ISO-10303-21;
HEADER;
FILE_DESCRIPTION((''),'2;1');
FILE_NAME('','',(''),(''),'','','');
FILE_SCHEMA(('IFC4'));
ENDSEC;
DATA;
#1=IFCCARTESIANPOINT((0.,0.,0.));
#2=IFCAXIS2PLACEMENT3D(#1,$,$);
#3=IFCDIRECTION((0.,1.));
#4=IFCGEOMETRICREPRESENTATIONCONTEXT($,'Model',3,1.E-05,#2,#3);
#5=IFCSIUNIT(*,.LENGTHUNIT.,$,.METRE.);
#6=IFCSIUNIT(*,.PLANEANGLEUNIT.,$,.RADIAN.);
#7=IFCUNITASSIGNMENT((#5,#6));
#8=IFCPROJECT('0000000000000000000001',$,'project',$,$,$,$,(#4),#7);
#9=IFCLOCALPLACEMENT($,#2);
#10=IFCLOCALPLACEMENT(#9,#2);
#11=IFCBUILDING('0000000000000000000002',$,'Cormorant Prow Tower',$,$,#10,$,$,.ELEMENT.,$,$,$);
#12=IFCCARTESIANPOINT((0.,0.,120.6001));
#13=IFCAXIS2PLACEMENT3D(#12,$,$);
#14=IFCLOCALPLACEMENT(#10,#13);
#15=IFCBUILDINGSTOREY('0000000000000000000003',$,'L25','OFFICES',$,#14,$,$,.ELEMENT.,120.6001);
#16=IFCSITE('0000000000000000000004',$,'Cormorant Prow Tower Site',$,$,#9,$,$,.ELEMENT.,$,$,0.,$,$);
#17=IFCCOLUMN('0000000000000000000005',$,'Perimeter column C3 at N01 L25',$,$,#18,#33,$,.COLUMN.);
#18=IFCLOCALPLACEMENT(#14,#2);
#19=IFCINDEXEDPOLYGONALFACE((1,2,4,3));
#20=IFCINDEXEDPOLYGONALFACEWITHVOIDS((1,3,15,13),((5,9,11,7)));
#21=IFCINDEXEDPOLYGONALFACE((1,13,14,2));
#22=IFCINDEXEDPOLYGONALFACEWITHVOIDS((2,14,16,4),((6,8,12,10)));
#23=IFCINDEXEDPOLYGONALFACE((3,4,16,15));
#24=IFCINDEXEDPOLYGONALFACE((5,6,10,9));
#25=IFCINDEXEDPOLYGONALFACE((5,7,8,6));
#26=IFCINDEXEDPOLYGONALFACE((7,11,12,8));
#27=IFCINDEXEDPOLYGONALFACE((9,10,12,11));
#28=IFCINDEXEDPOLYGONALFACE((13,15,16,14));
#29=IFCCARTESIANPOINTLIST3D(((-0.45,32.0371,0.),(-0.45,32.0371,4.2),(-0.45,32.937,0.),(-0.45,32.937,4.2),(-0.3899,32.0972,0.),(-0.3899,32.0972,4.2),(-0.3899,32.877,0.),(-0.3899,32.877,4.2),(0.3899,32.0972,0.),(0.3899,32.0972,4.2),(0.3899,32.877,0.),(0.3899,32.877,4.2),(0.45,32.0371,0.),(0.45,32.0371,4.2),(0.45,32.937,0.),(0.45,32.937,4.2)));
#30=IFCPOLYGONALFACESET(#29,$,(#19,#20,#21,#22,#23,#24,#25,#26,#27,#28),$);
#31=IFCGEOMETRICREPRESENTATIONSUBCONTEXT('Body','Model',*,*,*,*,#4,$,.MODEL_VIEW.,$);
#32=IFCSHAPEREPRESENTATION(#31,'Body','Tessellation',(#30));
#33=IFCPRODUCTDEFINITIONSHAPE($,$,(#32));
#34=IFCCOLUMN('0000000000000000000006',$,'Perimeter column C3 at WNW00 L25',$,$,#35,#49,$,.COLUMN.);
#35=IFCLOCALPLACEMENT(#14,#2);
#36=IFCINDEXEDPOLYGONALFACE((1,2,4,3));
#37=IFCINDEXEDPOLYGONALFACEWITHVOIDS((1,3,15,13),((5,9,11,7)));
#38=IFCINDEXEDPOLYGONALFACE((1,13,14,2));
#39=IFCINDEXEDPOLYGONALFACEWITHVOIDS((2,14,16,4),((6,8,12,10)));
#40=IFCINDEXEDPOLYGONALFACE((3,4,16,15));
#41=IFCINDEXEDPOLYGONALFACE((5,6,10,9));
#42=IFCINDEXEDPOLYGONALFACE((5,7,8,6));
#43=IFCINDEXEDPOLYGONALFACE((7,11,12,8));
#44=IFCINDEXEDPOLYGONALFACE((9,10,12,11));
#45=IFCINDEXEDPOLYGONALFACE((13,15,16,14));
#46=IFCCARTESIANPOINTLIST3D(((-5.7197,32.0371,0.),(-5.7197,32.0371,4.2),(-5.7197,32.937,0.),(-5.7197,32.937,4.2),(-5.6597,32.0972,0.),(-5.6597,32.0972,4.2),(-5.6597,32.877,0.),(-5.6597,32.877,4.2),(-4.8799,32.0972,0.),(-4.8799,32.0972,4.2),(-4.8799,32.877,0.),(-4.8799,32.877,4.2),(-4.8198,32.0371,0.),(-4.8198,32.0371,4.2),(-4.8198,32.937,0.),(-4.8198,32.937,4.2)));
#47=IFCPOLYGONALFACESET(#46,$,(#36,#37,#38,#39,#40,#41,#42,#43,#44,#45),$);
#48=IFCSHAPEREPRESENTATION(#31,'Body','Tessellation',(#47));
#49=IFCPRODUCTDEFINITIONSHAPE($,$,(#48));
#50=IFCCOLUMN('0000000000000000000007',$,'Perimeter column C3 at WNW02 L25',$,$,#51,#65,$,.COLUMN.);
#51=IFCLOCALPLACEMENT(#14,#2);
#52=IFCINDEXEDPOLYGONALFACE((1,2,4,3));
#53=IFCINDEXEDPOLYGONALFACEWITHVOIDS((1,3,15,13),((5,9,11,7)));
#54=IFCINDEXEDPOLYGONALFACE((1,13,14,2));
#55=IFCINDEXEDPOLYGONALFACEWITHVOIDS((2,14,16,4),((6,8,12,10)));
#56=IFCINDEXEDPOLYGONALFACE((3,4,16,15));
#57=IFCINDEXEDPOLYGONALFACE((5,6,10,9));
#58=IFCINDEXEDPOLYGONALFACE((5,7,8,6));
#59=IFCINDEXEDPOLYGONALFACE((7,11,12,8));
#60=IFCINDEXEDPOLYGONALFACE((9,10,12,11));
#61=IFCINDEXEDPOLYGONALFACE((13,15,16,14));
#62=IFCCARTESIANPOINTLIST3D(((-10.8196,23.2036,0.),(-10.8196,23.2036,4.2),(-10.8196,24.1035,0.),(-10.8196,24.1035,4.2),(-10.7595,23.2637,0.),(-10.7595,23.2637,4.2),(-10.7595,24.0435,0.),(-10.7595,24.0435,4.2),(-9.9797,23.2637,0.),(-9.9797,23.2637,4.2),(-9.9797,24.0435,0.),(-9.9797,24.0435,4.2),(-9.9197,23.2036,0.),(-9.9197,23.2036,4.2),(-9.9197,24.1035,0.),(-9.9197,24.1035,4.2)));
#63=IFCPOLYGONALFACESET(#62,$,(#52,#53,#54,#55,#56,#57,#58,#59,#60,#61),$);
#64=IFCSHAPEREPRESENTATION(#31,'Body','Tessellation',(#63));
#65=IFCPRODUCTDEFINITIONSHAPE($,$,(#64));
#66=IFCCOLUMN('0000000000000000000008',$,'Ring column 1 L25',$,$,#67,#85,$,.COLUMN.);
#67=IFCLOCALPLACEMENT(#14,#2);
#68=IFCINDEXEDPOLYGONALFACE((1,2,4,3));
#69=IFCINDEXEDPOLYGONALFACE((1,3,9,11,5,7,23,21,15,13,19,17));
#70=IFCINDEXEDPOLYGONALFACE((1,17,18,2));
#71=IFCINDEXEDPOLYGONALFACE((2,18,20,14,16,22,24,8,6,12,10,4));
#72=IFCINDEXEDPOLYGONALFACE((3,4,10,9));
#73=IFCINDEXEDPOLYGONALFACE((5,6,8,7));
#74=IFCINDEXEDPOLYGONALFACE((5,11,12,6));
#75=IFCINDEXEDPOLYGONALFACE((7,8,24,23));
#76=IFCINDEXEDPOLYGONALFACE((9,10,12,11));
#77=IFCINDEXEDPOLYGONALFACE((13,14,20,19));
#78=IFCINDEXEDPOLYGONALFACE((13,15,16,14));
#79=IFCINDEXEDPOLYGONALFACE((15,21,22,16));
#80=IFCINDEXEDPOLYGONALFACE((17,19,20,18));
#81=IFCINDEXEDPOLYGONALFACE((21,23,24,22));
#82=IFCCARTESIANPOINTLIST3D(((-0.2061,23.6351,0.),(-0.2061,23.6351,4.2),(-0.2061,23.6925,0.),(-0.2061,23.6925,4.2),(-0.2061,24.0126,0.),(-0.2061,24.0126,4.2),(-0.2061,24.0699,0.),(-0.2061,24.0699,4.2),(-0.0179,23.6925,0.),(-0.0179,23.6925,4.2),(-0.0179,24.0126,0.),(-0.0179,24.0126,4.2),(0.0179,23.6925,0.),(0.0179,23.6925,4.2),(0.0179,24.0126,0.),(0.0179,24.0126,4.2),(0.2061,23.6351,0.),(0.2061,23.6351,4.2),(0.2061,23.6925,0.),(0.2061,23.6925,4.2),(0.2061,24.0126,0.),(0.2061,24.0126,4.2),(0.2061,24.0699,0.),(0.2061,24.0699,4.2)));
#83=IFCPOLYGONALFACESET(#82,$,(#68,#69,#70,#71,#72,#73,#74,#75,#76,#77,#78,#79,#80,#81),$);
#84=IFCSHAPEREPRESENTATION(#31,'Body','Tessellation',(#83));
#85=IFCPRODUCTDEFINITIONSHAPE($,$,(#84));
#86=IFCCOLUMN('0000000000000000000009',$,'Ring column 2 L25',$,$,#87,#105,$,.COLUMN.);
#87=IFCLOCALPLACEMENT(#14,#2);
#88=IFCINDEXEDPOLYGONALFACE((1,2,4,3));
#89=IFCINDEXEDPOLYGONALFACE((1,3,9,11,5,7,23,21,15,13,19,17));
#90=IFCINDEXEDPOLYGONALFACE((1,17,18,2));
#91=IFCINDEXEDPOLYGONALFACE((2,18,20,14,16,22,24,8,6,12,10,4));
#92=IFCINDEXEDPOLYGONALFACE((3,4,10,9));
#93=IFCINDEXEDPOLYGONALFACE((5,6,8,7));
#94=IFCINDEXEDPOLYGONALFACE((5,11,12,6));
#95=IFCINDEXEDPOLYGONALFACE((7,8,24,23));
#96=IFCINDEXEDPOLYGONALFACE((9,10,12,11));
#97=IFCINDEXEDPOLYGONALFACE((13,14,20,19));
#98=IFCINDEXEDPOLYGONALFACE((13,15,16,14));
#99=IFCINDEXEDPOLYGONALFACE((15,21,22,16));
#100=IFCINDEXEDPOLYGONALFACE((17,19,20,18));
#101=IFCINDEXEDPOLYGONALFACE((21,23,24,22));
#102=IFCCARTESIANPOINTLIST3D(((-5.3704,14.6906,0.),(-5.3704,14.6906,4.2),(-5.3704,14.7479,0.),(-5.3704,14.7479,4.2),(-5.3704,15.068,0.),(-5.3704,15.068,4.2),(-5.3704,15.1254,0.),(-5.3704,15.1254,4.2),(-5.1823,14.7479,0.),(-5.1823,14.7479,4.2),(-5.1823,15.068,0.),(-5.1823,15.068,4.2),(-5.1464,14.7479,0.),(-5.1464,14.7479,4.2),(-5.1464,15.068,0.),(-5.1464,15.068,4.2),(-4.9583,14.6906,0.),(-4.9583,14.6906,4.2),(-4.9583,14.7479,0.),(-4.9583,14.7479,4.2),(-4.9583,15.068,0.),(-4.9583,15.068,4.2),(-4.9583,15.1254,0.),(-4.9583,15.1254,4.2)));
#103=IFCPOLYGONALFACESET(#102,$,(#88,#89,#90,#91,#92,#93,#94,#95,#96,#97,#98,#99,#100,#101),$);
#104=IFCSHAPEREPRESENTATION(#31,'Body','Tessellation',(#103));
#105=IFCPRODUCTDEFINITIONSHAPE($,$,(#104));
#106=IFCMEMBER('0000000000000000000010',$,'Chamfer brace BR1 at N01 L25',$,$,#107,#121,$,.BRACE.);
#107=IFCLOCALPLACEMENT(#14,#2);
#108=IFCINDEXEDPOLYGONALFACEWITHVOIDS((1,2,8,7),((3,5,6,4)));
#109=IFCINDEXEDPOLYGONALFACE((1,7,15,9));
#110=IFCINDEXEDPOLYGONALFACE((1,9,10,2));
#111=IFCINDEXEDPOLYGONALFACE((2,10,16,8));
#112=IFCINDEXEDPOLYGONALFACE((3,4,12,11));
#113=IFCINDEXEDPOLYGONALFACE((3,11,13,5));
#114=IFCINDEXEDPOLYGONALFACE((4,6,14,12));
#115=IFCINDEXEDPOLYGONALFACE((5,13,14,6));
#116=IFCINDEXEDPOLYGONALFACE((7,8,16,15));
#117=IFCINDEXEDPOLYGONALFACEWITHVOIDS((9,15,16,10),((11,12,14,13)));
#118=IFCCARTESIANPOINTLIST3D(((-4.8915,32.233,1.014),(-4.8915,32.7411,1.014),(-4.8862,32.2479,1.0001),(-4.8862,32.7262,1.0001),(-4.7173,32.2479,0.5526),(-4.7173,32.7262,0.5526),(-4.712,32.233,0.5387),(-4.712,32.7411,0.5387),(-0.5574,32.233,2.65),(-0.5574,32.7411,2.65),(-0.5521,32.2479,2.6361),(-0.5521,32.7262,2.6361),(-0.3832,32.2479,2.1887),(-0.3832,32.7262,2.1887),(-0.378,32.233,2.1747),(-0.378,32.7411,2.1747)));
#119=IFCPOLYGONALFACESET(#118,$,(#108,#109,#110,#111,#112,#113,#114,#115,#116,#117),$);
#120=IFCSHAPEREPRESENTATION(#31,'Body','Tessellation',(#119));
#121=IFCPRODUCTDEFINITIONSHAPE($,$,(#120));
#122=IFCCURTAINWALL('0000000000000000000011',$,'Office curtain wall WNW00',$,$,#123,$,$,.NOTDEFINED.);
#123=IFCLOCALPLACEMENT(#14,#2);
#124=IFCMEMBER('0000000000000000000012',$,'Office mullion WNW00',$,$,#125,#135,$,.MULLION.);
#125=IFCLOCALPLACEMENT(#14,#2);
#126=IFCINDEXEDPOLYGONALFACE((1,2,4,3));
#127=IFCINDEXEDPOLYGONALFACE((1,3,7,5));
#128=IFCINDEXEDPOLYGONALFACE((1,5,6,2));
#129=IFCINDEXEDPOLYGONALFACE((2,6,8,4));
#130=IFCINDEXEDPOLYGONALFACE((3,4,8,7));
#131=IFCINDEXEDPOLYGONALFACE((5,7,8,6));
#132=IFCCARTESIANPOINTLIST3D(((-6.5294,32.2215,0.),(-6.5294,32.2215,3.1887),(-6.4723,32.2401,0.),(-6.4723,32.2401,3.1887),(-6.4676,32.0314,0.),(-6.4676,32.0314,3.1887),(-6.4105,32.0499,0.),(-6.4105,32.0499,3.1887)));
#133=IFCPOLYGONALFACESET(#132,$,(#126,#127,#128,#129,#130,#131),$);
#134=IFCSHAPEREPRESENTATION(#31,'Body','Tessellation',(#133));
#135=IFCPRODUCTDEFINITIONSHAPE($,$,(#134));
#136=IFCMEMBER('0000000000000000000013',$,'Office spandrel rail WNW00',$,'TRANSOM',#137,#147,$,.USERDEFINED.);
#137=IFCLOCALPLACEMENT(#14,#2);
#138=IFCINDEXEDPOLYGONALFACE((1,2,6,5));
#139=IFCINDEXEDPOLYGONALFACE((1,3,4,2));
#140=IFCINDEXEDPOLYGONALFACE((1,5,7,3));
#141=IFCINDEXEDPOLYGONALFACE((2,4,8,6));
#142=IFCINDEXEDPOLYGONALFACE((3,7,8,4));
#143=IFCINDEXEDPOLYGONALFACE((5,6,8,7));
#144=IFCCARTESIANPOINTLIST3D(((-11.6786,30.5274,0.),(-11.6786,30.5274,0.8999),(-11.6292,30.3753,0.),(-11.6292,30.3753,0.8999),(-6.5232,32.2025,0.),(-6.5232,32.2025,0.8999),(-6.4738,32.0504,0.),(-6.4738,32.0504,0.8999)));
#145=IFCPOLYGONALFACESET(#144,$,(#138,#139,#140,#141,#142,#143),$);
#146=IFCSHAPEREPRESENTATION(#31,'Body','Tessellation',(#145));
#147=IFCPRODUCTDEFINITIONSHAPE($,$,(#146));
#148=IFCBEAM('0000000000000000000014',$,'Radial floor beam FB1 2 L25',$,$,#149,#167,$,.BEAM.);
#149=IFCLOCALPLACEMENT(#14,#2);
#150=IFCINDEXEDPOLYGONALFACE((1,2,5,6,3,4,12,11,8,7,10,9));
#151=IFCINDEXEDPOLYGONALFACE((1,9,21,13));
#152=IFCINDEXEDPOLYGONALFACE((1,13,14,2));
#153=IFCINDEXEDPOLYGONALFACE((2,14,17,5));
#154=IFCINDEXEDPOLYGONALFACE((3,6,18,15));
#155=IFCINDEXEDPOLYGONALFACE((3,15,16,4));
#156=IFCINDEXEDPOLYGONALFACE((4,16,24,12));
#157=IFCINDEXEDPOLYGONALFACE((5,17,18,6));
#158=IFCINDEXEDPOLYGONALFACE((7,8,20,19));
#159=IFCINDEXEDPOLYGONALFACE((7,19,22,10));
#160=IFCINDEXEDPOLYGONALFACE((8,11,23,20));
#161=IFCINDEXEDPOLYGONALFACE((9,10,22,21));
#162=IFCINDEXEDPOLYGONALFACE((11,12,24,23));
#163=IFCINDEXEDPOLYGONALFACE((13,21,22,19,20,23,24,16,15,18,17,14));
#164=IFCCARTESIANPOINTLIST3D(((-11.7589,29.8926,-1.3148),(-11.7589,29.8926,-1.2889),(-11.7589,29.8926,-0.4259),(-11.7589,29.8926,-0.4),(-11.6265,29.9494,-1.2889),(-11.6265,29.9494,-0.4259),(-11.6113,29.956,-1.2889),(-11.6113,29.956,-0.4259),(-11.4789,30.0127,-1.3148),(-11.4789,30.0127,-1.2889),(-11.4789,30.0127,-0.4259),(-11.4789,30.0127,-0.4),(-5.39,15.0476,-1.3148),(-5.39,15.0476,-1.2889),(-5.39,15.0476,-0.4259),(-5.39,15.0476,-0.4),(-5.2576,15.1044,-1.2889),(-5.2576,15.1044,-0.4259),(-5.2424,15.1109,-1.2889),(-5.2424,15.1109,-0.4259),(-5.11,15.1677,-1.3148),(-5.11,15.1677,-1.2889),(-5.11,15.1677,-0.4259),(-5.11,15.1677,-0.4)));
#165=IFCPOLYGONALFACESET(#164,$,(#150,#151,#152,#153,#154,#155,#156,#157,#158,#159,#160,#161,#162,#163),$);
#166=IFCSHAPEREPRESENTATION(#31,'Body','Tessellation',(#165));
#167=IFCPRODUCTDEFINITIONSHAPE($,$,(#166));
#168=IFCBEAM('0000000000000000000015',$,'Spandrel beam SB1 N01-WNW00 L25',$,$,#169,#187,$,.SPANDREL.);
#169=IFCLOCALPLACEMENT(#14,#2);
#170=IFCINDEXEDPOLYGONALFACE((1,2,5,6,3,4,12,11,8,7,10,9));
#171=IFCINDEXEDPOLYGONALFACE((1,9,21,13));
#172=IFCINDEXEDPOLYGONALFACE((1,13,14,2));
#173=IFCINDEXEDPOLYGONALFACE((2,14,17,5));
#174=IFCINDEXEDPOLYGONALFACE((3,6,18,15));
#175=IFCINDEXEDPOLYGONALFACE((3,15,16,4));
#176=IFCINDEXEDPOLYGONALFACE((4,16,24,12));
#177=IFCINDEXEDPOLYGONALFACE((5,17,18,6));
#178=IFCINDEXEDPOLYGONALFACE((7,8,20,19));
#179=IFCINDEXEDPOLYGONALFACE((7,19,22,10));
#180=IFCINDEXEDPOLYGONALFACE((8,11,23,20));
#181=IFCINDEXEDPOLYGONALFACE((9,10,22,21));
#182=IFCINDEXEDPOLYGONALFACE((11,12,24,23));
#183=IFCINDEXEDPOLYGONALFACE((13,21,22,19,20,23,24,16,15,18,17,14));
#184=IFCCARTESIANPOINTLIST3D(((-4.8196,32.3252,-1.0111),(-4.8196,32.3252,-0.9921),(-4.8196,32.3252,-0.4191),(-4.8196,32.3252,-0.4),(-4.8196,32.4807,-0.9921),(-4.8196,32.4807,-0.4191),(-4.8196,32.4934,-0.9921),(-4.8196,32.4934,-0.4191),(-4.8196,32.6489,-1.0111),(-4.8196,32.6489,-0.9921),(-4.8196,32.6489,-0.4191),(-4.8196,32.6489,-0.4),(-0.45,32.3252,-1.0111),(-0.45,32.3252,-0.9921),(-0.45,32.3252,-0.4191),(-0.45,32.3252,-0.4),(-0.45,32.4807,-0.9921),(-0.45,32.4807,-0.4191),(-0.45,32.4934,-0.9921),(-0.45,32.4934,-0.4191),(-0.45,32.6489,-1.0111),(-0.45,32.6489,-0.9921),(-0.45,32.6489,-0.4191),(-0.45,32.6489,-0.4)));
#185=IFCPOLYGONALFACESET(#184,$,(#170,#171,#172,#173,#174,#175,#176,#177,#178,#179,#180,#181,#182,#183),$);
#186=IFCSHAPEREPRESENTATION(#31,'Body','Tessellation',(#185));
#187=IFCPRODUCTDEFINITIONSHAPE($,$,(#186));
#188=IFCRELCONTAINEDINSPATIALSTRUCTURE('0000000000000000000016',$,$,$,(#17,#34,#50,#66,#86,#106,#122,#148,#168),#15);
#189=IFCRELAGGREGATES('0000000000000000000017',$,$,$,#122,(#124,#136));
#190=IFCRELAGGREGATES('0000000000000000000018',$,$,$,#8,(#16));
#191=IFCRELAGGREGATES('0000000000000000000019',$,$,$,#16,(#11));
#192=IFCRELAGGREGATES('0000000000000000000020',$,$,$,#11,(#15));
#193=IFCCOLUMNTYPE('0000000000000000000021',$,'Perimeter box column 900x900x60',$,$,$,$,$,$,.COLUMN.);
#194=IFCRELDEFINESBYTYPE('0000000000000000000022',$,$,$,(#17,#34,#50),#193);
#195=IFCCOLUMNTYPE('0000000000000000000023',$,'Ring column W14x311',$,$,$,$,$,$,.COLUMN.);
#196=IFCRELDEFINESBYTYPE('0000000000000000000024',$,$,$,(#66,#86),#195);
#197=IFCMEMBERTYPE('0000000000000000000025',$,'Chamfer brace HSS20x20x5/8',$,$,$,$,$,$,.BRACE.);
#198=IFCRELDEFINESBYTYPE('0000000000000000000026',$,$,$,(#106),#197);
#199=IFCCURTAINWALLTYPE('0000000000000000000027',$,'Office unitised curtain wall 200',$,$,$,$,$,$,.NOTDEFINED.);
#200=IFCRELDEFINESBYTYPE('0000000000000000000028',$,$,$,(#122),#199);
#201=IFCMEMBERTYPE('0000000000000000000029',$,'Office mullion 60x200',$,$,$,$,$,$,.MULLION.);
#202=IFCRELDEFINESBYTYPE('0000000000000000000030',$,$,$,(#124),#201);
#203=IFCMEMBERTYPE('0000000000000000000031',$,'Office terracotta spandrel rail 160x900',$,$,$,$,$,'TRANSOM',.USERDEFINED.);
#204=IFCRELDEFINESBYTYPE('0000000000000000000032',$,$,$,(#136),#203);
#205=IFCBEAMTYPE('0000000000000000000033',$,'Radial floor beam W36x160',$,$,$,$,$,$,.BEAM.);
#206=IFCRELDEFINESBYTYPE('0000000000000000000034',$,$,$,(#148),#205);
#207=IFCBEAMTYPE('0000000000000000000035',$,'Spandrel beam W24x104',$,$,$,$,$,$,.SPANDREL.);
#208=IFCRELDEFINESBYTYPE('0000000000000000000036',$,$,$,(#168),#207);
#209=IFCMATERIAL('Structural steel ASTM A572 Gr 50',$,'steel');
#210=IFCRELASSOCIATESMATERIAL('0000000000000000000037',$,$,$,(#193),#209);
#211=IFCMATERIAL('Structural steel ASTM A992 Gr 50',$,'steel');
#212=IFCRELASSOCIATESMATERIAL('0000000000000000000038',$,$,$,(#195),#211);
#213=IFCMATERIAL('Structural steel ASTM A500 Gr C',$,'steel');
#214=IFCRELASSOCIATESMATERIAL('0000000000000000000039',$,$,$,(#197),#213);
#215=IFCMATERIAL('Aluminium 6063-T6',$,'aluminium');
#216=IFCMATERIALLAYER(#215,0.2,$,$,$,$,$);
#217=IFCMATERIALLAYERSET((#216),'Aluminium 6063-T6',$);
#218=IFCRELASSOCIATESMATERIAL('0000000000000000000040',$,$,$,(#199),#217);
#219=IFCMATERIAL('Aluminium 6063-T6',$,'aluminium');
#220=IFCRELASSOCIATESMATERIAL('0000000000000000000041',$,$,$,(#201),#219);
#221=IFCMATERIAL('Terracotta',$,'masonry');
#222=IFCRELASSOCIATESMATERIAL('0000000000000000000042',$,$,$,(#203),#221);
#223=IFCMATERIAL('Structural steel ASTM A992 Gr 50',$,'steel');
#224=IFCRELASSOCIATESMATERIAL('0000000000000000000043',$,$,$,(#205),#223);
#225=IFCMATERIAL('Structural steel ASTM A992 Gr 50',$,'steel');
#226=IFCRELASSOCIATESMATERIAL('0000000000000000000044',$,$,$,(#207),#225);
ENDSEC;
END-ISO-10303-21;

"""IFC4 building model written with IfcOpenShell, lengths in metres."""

from ifc_helpers import new_model, si_unit, direction, frame, origin, origin_2d, place, context, subcontext, project, spatial, rectangle, hollow_rectangle, i_section, extrude, material, layer, layer_set, material_profile, profile_set, type_object, element, aggregate, save


model = new_model("IFC4")

# Units and contexts
model_context = context("Model", 3, precision=1e-05, world=origin(), true_north=direction((0.0, 1.0)))
body_context = subcontext(model_context, "Body", "Model", "MODEL_VIEW")
ifc_project = project(units=[si_unit("LENGTHUNIT", "METRE"), si_unit("PLANEANGLEUNIT", "RADIAN")], contexts=[model_context])

# Site, building, storey
site_placement = place(None, origin())
site = spatial("IfcSite", under=ifc_project, at=site_placement, Name="Cormorant Prow Tower Site", CompositionType="ELEMENT", RefElevation=0.0)
building_placement = place(site_placement, origin())
building = spatial("IfcBuilding", under=site, at=building_placement, Name="Cormorant Prow Tower", CompositionType="ELEMENT")
storey_placement = place(building_placement, frame((0.0, 0.0, 120.6001)))
storey = spatial("IfcBuildingStorey", under=building, at=storey_placement, Name="L25", Description="OFFICES", CompositionType="ELEMENT", Elevation=120.6001)

# Columns
ifc_material_1 = material(Name="Structural steel ASTM A572 Gr 50", Category="steel")
ifc_material_profile_1 = material_profile(ifc_material_1, hollow_rectangle(XDim=0.8999, YDim=0.8999, WallThickness=0.0601, at=origin_2d()), Name="Box 900x900x60")
ifc_profile_set_1 = profile_set([ifc_material_profile_1], Name="Structural steel ASTM A572 Gr 50")
column_type_1 = type_object("IfcColumnType", Name="Perimeter box column 900x900x60", PredefinedType="COLUMN", material=ifc_profile_set_1)
for number, where, z_axis, x_axis, name in (
    (1, (0.0, 32.4871, 0.0), (0.0, 0.0, 1.0), (1.0, 0.0, 0.0), "Perimeter column C3 at N01 L25"),
    (2, (-5.2698, 32.4871, 0.0), (0.0, 0.0, 1.0), (1.0, 0.0, 0.0), "Perimeter column C3 at WNW00 L25"),
    (3, (-10.3696, 23.6536, 0.0), (0.0, 0.0, 1.0), (1.0, 0.0, 0.0), "Perimeter column C3 at WNW02 L25"),
):
    element("IfcColumn", number, at=place(storey_placement, frame(where, z_axis=z_axis, x_axis=x_axis)), inside=storey, type_object=column_type_1, Name=name, PredefinedType="COLUMN", context=body_context, shape_type="SweptSolid", body=[
        extrude(hollow_rectangle(XDim=0.8999, YDim=0.8999, WallThickness=0.0601, at=origin_2d()), origin(), (0.0, 0.0, 1.0), 4.2),
    ])
ifc_material_2 = material(Name="Structural steel ASTM A992 Gr 50", Category="steel")
ifc_material_profile_2 = material_profile(ifc_material_2, i_section(OverallWidth=0.4121, OverallDepth=0.4348, WebThickness=0.0359, FlangeThickness=0.0574, at=origin_2d()), Name="W14x311")
ifc_profile_set_2 = profile_set([ifc_material_profile_2], Name="Structural steel ASTM A992 Gr 50")
column_type_2 = type_object("IfcColumnType", Name="Ring column W14x311", PredefinedType="COLUMN", material=ifc_profile_set_2)
for number, where, z_axis, x_axis, name in (
    (4, (0.0, 23.8525, 0.0), (0.0, 0.0, 1.0), (1.0, 0.0, 0.0), "Ring column 1 L25"),
    (5, (-5.1643, 14.908, 0.0), (0.0, 0.0, 1.0), (1.0, 0.0, 0.0), "Ring column 2 L25"),
):
    element("IfcColumn", number, at=place(storey_placement, frame(where, z_axis=z_axis, x_axis=x_axis)), inside=storey, type_object=column_type_2, Name=name, PredefinedType="COLUMN", context=body_context, shape_type="SweptSolid", body=[
        extrude(i_section(OverallWidth=0.4121, OverallDepth=0.4348, WebThickness=0.0359, FlangeThickness=0.0574, at=origin_2d()), origin(), (0.0, 0.0, 1.0), 4.2),
    ])

# Member
ifc_material_3 = material(Name="Structural steel ASTM A500 Gr C", Category="steel")
ifc_material_profile_3 = material_profile(ifc_material_3, hollow_rectangle(XDim=0.5081, YDim=0.5081, WallThickness=0.0149, at=origin_2d()), Name="HSS20x20x5/8")
ifc_profile_set_3 = profile_set([ifc_material_profile_3], Name="Structural steel ASTM A500 Gr C")
member_type_1 = type_object("IfcMemberType", Name="Chamfer brace HSS20x20x5/8", PredefinedType="BRACE", material=ifc_profile_set_3)
member_1_placement = place(storey_placement, frame((-4.8018, 32.4871, 0.7764), z_axis=(0.935565, 0.0, 0.353156), x_axis=(0.0, 1.0, 0.0)))
element("IfcMember", 6, at=member_1_placement, inside=storey, type_object=member_type_1, Name="Chamfer brace BR1 at N01 L25", PredefinedType="BRACE", context=body_context, shape_type="SweptSolid", body=[
    extrude(hollow_rectangle(XDim=0.5081, YDim=0.5081, WallThickness=0.0149, at=origin_2d()), origin(), (0.0, 0.0, 1.0), 4.6326),
])

# Curtain wall, members
ifc_material_4 = material(Name="Aluminium 6063-T6", Category="aluminium")
ifc_layer_1 = layer(ifc_material_4, 0.2)
ifc_layer_set_1 = layer_set([ifc_layer_1], Name="Aluminium 6063-T6")
curtain_wall_type = type_object("IfcCurtainWallType", Name="Office unitised curtain wall 200", PredefinedType="NOTDEFINED", material=ifc_layer_set_1)
curtain_wall_placement = place(storey_placement, origin())
curtain_wall = element("IfcCurtainWall", 7, at=curtain_wall_placement, inside=storey, type_object=curtain_wall_type, Name="Office curtain wall WNW00", PredefinedType="NOTDEFINED")
ifc_material_5 = material(Name="Aluminium 6063-T6", Category="aluminium")
ifc_material_profile_4 = material_profile(ifc_material_5, rectangle(XDim=0.2, YDim=0.0601, at=origin_2d()), Name="Office mullion 60x200")
ifc_profile_set_4 = profile_set([ifc_material_profile_4], Name="Aluminium 6063-T6")
member_type_2 = type_object("IfcMemberType", Name="Office mullion 60x200", PredefinedType="MULLION", material=ifc_profile_set_4)
member_2_placement = place(storey_placement, frame((-6.47, 32.1357, 0.0), z_axis=(0.0, 0.0, 1.0), x_axis=(0.309017, -0.951057, 0.0)))
member_2 = element("IfcMember", 8, at=member_2_placement, type_object=member_type_2, Name="Office mullion WNW00", PredefinedType="MULLION", context=body_context, shape_type="SweptSolid", body=[
    extrude(rectangle(XDim=0.2, YDim=0.0601, at=origin_2d()), origin(), (0.0, 0.0, 1.0), 3.1887),
])
ifc_material_6 = material(Name="Terracotta", Category="masonry")
ifc_material_profile_5 = material_profile(ifc_material_6, rectangle(XDim=0.1599, YDim=0.8999, at=origin_2d()), Name="Office terracotta spandrel rail 160x900")
ifc_profile_set_5 = profile_set([ifc_material_profile_5], Name="Terracotta")
member_type_3 = type_object("IfcMemberType", Name="Office terracotta spandrel rail 160x900", ElementType="TRANSOM", PredefinedType="USERDEFINED", material=ifc_profile_set_5)
member_3_placement = place(storey_placement, frame((-6.4985, 32.1265, 0.45), z_axis=(-0.951057, -0.309017, 0.0), x_axis=(0.309017, -0.951057, 0.0)))
member_3 = element("IfcMember", 9, at=member_3_placement, type_object=member_type_3, Name="Office spandrel rail WNW00", ObjectType="TRANSOM", PredefinedType="USERDEFINED", context=body_context, shape_type="SweptSolid", body=[
    extrude(rectangle(XDim=0.1599, YDim=0.8999, at=origin_2d()), origin(), (0.0, 0.0, 1.0), 5.4207),
])

# Beams
ifc_material_7 = material(Name="Structural steel ASTM A992 Gr 50", Category="steel")
ifc_material_profile_6 = material_profile(ifc_material_7, i_section(OverallWidth=0.3047, OverallDepth=0.9148, WebThickness=0.0166, FlangeThickness=0.0259, at=origin_2d()), Name="W36x160")
ifc_profile_set_6 = profile_set([ifc_material_profile_6], Name="Structural steel ASTM A992 Gr 50")
beam_type_1 = type_object("IfcBeamType", Name="Radial floor beam W36x160", PredefinedType="BEAM", material=ifc_profile_set_6)
beam_1_placement = place(storey_placement, frame((-5.25, 15.1077, -0.8574), z_axis=(-0.394273, 0.918993, 0.0), x_axis=(-0.918993, -0.394273, 0.0)))
element("IfcBeam", 10, at=beam_1_placement, inside=storey, type_object=beam_type_1, Name="Radial floor beam FB1 2 L25", PredefinedType="BEAM", context=body_context, shape_type="SweptSolid", body=[
    extrude(i_section(OverallWidth=0.3047, OverallDepth=0.9148, WebThickness=0.0166, FlangeThickness=0.0259, at=origin_2d()), origin(), (0.0, 0.0, 1.0), 16.1536),
])
ifc_material_8 = material(Name="Structural steel ASTM A992 Gr 50", Category="steel")
ifc_material_profile_7 = material_profile(ifc_material_8, i_section(OverallWidth=0.3237, OverallDepth=0.6111, WebThickness=0.0127, FlangeThickness=0.019, at=origin_2d()), Name="W24x104")
ifc_profile_set_7 = profile_set([ifc_material_profile_7], Name="Structural steel ASTM A992 Gr 50")
beam_type_2 = type_object("IfcBeamType", Name="Spandrel beam W24x104", PredefinedType="SPANDREL", material=ifc_profile_set_7)
beam_2_placement = place(storey_placement, frame((-0.45, 32.4871, -0.7056), z_axis=(-1.0, 0.0, 0.0), x_axis=(0.0, -1.0, 0.0)))
element("IfcBeam", 11, at=beam_2_placement, inside=storey, type_object=beam_type_2, Name="Spandrel beam SB1 N01-WNW00 L25", PredefinedType="SPANDREL", context=body_context, shape_type="SweptSolid", body=[
    extrude(i_section(OverallWidth=0.3237, OverallDepth=0.6111, WebThickness=0.0127, FlangeThickness=0.019, at=origin_2d()), origin(), (0.0, 0.0, 1.0), 4.3696),
])

aggregate(curtain_wall, [member_2, member_3])

save(model, "model.ifc")
